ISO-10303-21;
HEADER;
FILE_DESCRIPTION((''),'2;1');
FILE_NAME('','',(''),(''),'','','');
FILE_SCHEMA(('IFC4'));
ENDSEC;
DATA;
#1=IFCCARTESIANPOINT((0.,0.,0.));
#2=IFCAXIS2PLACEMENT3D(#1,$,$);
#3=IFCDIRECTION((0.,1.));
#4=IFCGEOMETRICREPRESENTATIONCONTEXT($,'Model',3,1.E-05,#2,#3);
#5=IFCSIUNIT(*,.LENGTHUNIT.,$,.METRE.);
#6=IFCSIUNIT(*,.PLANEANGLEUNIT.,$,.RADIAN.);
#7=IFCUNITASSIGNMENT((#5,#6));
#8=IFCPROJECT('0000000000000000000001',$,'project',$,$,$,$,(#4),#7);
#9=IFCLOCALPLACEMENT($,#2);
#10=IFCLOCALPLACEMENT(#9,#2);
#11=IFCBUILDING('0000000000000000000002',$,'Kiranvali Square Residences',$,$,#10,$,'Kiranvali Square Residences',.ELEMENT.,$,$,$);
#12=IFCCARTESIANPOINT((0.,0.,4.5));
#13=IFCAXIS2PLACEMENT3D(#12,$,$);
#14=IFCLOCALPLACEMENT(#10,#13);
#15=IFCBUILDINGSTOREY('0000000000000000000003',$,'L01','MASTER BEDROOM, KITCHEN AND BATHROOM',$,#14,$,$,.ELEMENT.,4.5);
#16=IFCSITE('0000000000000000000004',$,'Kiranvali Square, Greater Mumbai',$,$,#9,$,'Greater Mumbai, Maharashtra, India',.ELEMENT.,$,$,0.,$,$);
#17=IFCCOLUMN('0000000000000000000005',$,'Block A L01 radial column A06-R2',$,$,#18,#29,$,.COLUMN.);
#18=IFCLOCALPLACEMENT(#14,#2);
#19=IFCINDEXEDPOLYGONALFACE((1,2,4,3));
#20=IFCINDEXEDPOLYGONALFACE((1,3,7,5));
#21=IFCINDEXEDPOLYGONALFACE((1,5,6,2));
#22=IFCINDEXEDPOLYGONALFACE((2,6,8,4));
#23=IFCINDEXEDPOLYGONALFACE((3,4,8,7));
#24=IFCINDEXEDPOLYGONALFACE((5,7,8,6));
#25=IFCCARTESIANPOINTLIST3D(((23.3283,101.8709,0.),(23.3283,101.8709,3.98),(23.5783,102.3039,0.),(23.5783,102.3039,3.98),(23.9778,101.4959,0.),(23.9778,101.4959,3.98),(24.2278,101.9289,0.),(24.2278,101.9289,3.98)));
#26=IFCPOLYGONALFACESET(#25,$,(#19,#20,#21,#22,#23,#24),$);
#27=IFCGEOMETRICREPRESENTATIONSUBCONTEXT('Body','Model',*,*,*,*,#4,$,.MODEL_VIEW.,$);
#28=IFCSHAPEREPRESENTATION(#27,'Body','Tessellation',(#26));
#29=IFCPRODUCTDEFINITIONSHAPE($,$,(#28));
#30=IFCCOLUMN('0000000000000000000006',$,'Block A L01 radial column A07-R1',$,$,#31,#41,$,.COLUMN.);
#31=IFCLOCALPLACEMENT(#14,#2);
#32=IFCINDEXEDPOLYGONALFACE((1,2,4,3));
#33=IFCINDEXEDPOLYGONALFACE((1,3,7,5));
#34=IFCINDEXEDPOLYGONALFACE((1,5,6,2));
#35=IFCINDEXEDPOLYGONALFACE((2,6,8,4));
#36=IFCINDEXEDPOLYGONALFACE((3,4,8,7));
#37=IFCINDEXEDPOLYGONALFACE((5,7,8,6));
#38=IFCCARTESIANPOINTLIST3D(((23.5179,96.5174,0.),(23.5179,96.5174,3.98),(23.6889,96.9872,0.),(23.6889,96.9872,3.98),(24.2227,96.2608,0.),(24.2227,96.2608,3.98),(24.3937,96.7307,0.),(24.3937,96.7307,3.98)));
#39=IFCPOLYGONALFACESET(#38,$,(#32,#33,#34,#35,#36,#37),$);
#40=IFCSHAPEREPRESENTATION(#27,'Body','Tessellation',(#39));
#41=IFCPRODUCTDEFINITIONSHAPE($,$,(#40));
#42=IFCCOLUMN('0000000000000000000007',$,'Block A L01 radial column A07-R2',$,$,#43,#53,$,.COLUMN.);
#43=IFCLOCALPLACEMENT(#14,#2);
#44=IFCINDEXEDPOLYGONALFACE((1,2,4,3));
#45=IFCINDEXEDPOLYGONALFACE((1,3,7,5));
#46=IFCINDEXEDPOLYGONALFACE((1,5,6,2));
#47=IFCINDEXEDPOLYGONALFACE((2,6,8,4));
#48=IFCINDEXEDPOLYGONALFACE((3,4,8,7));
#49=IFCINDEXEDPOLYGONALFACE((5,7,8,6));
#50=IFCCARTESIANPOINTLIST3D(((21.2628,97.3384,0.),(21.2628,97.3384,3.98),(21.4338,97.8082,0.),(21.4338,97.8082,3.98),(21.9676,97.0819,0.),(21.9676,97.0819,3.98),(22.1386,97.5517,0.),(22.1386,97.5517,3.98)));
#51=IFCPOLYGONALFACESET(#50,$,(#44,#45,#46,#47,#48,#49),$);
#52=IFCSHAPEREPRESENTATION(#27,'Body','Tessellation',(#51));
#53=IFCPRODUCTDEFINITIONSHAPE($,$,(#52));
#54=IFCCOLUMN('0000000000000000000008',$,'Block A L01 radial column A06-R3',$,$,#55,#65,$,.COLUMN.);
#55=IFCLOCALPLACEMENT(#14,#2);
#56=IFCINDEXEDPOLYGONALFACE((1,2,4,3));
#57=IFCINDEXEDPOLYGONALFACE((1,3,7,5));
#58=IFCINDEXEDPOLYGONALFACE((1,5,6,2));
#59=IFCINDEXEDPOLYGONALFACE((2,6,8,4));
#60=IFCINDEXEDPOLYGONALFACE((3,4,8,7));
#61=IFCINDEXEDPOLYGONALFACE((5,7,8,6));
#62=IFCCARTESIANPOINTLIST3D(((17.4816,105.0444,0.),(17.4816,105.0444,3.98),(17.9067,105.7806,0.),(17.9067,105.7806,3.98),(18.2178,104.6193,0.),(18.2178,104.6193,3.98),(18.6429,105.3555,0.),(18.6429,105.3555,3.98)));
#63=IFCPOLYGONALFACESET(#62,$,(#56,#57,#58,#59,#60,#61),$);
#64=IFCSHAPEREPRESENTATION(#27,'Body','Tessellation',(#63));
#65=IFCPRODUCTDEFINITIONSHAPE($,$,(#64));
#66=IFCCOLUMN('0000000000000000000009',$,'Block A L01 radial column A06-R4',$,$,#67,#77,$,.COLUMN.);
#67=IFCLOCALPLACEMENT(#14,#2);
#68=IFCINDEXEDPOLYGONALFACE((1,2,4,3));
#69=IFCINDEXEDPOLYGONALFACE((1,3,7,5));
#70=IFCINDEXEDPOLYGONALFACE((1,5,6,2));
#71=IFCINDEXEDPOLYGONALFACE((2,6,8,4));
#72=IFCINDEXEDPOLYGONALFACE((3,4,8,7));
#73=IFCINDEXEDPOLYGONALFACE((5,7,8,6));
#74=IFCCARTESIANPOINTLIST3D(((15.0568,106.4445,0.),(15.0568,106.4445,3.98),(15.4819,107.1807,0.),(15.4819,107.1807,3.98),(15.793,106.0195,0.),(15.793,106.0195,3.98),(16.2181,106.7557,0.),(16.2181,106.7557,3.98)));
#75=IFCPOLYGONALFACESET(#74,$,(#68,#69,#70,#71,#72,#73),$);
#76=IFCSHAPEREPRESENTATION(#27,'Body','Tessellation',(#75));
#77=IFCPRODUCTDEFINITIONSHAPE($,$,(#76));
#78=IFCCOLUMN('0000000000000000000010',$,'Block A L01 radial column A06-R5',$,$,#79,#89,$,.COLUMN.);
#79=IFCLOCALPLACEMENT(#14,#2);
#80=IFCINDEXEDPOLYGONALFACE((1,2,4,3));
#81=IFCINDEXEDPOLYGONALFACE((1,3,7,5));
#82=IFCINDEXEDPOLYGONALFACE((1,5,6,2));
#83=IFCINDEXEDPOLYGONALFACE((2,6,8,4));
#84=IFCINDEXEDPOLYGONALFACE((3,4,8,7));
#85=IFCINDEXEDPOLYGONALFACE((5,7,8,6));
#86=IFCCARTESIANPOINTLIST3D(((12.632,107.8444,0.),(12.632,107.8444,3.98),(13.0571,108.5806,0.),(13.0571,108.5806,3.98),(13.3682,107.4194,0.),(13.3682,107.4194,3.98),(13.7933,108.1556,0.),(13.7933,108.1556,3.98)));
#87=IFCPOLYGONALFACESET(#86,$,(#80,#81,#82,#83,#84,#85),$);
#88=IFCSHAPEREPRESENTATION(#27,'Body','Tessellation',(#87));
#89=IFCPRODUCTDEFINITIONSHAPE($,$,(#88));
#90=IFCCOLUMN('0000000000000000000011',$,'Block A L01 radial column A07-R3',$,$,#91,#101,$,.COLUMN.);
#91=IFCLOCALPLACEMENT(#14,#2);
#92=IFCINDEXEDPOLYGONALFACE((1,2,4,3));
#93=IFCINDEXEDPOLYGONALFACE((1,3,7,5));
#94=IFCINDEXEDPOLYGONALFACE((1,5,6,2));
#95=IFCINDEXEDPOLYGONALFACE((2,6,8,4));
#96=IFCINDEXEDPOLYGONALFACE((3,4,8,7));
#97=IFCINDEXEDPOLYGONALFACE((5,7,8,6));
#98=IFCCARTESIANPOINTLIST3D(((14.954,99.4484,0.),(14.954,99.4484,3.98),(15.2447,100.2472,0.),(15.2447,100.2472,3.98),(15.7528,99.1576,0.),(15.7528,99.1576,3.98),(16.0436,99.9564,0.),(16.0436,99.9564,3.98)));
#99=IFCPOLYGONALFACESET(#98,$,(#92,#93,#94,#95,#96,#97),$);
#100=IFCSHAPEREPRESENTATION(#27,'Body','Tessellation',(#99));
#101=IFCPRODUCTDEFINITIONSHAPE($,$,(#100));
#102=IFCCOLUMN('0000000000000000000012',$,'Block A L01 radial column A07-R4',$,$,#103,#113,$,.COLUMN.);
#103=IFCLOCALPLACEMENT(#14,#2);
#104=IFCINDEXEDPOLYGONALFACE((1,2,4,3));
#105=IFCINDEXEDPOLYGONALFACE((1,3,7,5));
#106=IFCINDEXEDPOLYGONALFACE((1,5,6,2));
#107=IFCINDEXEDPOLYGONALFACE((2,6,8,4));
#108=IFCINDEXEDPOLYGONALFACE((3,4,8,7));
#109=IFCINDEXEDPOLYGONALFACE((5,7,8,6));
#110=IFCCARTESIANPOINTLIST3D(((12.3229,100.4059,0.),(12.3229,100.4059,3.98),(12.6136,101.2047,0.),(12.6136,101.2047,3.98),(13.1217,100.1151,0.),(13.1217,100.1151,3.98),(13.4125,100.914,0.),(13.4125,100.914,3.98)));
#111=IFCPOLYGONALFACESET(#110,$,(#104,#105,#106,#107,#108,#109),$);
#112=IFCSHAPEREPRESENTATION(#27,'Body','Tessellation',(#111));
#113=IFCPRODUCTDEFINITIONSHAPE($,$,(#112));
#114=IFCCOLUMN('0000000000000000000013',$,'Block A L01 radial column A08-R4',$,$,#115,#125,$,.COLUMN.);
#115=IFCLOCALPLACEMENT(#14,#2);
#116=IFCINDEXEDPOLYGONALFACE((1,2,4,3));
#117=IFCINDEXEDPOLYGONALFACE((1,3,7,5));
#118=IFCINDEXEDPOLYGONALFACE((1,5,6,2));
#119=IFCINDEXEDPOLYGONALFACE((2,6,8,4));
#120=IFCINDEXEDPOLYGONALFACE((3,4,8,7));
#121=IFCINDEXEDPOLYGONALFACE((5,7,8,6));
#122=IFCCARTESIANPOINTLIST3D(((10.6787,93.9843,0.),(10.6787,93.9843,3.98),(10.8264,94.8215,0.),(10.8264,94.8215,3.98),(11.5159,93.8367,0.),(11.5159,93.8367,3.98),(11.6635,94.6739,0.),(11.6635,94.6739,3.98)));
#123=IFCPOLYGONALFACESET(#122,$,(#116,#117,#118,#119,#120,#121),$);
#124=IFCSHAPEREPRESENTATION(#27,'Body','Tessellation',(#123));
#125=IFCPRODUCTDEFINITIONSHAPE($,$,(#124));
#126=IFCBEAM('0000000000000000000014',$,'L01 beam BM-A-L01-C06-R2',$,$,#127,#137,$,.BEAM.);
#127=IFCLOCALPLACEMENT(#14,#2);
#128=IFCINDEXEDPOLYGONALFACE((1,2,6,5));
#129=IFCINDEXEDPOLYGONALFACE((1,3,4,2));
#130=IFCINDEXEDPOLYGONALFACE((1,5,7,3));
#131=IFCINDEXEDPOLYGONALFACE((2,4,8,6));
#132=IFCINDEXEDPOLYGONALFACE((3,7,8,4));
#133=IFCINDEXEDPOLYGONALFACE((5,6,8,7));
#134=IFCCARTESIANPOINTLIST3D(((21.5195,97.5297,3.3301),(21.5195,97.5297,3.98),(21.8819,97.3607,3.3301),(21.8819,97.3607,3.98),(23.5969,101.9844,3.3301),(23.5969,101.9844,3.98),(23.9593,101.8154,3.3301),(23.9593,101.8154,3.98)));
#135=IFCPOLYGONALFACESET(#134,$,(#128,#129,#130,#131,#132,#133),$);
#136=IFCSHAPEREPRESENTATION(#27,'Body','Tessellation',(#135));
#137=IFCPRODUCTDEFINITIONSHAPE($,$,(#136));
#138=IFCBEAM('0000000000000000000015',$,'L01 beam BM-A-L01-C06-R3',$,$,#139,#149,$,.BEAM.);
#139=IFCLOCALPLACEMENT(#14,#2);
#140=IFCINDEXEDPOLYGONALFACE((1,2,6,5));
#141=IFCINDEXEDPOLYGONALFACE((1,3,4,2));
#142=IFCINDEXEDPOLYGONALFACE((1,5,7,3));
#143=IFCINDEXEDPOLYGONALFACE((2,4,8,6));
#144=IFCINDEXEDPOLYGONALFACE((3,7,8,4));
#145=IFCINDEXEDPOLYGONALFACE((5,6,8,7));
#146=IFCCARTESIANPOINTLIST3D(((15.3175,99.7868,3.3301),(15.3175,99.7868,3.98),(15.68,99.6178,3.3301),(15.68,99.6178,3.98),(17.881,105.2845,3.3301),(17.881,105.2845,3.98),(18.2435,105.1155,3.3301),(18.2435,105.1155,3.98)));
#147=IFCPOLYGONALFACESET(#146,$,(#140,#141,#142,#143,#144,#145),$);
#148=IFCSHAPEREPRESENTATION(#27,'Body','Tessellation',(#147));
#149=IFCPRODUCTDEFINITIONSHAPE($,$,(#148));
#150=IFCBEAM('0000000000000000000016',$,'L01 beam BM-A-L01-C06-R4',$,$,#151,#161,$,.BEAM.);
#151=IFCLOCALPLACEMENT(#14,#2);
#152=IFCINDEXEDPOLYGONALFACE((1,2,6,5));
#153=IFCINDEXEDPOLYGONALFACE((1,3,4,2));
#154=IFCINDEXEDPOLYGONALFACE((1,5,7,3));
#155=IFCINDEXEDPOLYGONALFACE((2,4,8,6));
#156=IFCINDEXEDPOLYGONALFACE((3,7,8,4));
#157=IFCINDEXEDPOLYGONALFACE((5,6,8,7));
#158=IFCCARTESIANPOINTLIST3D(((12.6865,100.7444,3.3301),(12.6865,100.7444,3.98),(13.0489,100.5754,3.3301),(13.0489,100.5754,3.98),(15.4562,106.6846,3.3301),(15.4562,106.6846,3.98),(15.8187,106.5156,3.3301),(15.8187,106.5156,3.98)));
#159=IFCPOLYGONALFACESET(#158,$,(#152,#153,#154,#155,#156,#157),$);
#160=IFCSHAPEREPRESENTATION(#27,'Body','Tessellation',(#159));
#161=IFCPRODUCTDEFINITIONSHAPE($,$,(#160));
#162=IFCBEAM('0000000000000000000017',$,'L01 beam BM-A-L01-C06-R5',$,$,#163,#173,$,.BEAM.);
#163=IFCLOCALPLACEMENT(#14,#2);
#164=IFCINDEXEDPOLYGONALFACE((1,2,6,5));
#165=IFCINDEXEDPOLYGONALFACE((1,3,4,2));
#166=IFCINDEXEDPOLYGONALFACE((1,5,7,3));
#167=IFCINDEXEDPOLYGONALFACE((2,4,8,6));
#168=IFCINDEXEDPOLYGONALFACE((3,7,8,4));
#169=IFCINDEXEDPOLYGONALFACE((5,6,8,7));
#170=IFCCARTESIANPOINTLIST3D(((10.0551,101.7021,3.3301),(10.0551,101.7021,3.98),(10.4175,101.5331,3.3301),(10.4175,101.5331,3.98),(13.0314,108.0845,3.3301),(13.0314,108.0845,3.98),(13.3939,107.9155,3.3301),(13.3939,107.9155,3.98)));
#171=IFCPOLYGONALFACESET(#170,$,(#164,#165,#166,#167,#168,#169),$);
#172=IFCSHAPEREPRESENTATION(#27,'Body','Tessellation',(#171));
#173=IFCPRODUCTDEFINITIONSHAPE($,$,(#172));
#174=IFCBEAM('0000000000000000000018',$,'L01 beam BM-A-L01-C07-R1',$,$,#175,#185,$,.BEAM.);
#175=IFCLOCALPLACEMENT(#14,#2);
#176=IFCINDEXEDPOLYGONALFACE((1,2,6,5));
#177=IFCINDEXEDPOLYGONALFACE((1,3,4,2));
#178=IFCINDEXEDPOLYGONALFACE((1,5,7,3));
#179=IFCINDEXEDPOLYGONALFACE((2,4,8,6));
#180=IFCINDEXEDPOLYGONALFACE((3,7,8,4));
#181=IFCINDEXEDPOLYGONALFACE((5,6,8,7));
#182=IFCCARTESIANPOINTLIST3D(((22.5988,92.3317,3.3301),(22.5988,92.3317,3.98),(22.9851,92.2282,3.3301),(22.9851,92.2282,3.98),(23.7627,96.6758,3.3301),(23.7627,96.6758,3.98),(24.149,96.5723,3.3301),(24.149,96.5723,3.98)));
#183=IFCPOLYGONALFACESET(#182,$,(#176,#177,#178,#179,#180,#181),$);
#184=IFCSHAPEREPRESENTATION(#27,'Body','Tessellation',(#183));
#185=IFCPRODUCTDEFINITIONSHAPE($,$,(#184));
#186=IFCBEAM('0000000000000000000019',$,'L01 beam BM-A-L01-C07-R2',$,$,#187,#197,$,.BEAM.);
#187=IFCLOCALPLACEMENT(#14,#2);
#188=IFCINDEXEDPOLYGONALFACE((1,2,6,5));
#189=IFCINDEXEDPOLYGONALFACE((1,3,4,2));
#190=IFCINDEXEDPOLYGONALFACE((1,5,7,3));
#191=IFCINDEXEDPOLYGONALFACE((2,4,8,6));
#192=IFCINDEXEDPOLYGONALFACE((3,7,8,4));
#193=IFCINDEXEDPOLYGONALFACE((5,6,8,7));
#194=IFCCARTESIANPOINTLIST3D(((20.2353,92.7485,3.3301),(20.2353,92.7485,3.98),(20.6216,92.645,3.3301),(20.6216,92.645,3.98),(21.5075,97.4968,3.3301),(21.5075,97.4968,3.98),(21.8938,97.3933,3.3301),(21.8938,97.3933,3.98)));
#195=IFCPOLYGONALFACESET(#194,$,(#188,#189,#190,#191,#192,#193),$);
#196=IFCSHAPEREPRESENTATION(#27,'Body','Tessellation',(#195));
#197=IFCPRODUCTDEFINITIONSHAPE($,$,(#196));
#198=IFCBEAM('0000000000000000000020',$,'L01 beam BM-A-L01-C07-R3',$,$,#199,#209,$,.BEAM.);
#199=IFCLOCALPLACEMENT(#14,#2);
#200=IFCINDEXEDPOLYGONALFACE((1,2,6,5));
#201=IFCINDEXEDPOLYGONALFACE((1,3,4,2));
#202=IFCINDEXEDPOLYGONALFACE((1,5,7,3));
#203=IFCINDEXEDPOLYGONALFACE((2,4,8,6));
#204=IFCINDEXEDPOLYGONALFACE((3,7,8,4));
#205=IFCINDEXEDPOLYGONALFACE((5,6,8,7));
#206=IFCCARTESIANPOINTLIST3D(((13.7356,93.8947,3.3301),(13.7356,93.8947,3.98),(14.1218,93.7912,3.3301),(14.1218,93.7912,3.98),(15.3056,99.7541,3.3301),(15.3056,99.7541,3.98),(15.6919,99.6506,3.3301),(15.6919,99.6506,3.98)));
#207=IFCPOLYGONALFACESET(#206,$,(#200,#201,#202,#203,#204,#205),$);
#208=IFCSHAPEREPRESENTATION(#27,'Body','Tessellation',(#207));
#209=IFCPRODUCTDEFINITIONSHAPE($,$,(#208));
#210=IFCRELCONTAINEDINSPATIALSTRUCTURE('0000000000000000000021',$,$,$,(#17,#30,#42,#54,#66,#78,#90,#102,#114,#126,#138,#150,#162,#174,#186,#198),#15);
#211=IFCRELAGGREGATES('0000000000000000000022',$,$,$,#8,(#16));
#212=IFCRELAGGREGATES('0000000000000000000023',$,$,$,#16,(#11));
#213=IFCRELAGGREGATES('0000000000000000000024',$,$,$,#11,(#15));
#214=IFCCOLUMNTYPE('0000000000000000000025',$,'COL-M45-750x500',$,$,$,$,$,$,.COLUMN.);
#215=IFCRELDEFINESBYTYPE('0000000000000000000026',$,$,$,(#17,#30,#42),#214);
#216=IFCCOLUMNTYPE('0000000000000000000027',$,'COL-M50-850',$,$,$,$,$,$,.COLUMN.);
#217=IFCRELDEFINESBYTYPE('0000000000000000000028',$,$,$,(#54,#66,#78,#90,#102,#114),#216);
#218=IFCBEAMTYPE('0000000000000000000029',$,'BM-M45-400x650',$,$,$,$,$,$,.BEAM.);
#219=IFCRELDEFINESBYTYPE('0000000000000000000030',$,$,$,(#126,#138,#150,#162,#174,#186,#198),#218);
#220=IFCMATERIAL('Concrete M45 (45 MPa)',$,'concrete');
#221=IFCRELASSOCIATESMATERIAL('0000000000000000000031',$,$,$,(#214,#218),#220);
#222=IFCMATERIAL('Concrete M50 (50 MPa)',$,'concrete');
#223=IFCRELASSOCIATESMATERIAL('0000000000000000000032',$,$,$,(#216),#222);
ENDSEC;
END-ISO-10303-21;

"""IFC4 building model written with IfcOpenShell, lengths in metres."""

from ifc_helpers import new_model, si_unit, direction, frame, origin, origin_2d, place, context, subcontext, project, spatial, rectangle, extrude, material, material_profile, profile_set, type_object, element, save


model = new_model("IFC4")

# Units and contexts
model_context = context("Model", 3, precision=1e-05, world=origin(), true_north=direction((0.0, 1.0)))
body_context = subcontext(model_context, "Body", "Model", "MODEL_VIEW")
ifc_project = project(units=[si_unit("LENGTHUNIT", "METRE"), si_unit("PLANEANGLEUNIT", "RADIAN")], contexts=[model_context])

# Site, building, storey
site_placement = place(None, origin())
site = spatial("IfcSite", under=ifc_project, at=site_placement, Name="Kiranvali Square, Greater Mumbai", LongName="Greater Mumbai, Maharashtra, India", CompositionType="ELEMENT", RefElevation=0.0)
building_placement = place(site_placement, origin())
building = spatial("IfcBuilding", under=site, at=building_placement, Name="Kiranvali Square Residences", LongName="Kiranvali Square Residences", CompositionType="ELEMENT")
storey_placement = place(building_placement, frame((0.0, 0.0, 4.5)))
storey = spatial("IfcBuildingStorey", under=building, at=storey_placement, Name="L01", Description="MASTER BEDROOM, KITCHEN AND BATHROOM", CompositionType="ELEMENT", Elevation=4.5)

# Columns
ifc_material_1 = material(Name="Concrete M45 (45 MPa)", Category="concrete")
ifc_material_profile_1 = material_profile(ifc_material_1, rectangle(XDim=0.5, YDim=0.75, at=origin_2d()), Name="RC 750x500")
ifc_profile_set_1 = profile_set([ifc_material_profile_1], Name="Concrete M45 (45 MPa)")
column_type_1 = type_object("IfcColumnType", Name="COL-M45-750x500", PredefinedType="COLUMN", material=ifc_profile_set_1)
for number, where, z_axis, x_axis, name in (
    (1, (23.7781, 101.8999, 0.0), (0.0, 0.0, 1.0), (0.5, 0.866025, 0.0), "Block A L01 radial column A06-R2"),
    (2, (23.9558, 96.624, 0.0), (0.0, 0.0, 1.0), (0.34202, 0.939693, 0.0), "Block A L01 radial column A07-R1"),
    (3, (21.7007, 97.4451, 0.0), (0.0, 0.0, 1.0), (0.34202, 0.939693, 0.0), "Block A L01 radial column A07-R2"),
):
    element("IfcColumn", number, at=place(storey_placement, frame(where, z_axis=z_axis, x_axis=x_axis)), inside=storey, type_object=column_type_1, Name=name, PredefinedType="COLUMN", context=body_context, shape_type="SweptSolid", body=[
        extrude(rectangle(XDim=0.5, YDim=0.75, at=origin_2d()), origin(), (0.0, 0.0, 1.0), 3.98),
    ])
ifc_material_2 = material(Name="Concrete M50 (50 MPa)", Category="concrete")
ifc_material_profile_2 = material_profile(ifc_material_2, rectangle(XDim=0.8501, YDim=0.8501, at=origin_2d()), Name="RC 850x850")
ifc_profile_set_2 = profile_set([ifc_material_profile_2], Name="Concrete M50 (50 MPa)")
column_type_2 = type_object("IfcColumnType", Name="COL-M50-850", PredefinedType="COLUMN", material=ifc_profile_set_2)
for number, where, z_axis, x_axis, name in (
    (4, (18.0623, 105.2, 0.0), (0.0, 0.0, 1.0), (0.5, 0.866025, 0.0), "Block A L01 radial column A06-R3"),
    (5, (15.6375, 106.6001, 0.0), (0.0, 0.0, 1.0), (0.5, 0.866025, 0.0), "Block A L01 radial column A06-R4"),
    (6, (13.2126, 108.0, 0.0), (0.0, 0.0, 1.0), (0.5, 0.866025, 0.0), "Block A L01 radial column A06-R5"),
    (7, (15.4988, 99.7024, 0.0), (0.0, 0.0, 1.0), (0.34202, 0.939693, 0.0), "Block A L01 radial column A07-R3"),
    (8, (12.8677, 100.6599, 0.0), (0.0, 0.0, 1.0), (0.34202, 0.939693, 0.0), "Block A L01 radial column A07-R4"),
    (9, (11.1711, 94.3291, 0.0), (0.0, 0.0, 1.0), (0.173648, 0.984808, 0.0), "Block A L01 radial column A08-R4"),
):
    element("IfcColumn", number, at=place(storey_placement, frame(where, z_axis=z_axis, x_axis=x_axis)), inside=storey, type_object=column_type_2, Name=name, PredefinedType="COLUMN", context=body_context, shape_type="SweptSolid", body=[
        extrude(rectangle(XDim=0.8501, YDim=0.8501, at=origin_2d()), origin(), (0.0, 0.0, 1.0), 3.98),
    ])

# Beams
ifc_material_profile_3 = material_profile(ifc_material_1, rectangle(XDim=0.3999, YDim=0.6499, at=origin_2d()), Name="RC 400x650")
ifc_profile_set_3 = profile_set([ifc_material_profile_3], Name="Concrete M45 (45 MPa)")
beam_type = type_object("IfcBeamType", Name="BM-M45-400x650", PredefinedType="BEAM", material=ifc_profile_set_3)
beam_1_placement = place(storey_placement, frame((23.7781, 101.8999, 3.655), z_axis=(-0.42263, -0.906302, 0.0), x_axis=(0.906302, -0.42263, 0.0)))
element("IfcBeam", 10, at=beam_1_placement, inside=storey, type_object=beam_type, Name="L01 beam BM-A-L01-C06-R2", PredefinedType="BEAM", context=body_context, shape_type="SweptSolid", body=[
    extrude(rectangle(XDim=0.3999, YDim=0.6499, at=origin_2d()), origin(), (0.0, 0.0, 1.0), 4.9153),
])
beam_2_placement = place(storey_placement, frame((18.0623, 105.2, 3.655), z_axis=(-0.422608, -0.906313, 0.0), x_axis=(0.906313, -0.422608, 0.0)))
element("IfcBeam", 11, at=beam_2_placement, inside=storey, type_object=beam_type, Name="L01 beam BM-A-L01-C06-R3", PredefinedType="BEAM", context=body_context, shape_type="SweptSolid", body=[
    extrude(rectangle(XDim=0.3999, YDim=0.6499, at=origin_2d()), origin(), (0.0, 0.0, 1.0), 6.0659),
])
beam_3_placement = place(storey_placement, frame((15.6375, 106.6001, 3.655), z_axis=(-0.422596, -0.906318, 0.0), x_axis=(0.906318, -0.422596, 0.0)))
element("IfcBeam", 12, at=beam_3_placement, inside=storey, type_object=beam_type, Name="L01 beam BM-A-L01-C06-R4", PredefinedType="BEAM", context=body_context, shape_type="SweptSolid", body=[
    extrude(rectangle(XDim=0.3999, YDim=0.6499, at=origin_2d()), origin(), (0.0, 0.0, 1.0), 6.5542),
])
beam_4_placement = place(storey_placement, frame((13.2126, 108.0, 3.655), z_axis=(-0.422641, -0.906297, 0.0), x_axis=(0.906297, -0.422641, 0.0)))
element("IfcBeam", 13, at=beam_4_placement, inside=storey, type_object=beam_type, Name="L01 beam BM-A-L01-C06-R5", PredefinedType="BEAM", context=body_context, shape_type="SweptSolid", body=[
    extrude(rectangle(XDim=0.3999, YDim=0.6499, at=origin_2d()), origin(), (0.0, 0.0, 1.0), 7.0422),
])
beam_5_placement = place(storey_placement, frame((23.9558, 96.624, 3.655), z_axis=(-0.258788, -0.965934, 0.0), x_axis=(0.965934, -0.258788, 0.0)))
element("IfcBeam", 14, at=beam_5_placement, inside=storey, type_object=beam_type, Name="L01 beam BM-A-L01-C07-R1", PredefinedType="BEAM", context=body_context, shape_type="SweptSolid", body=[
    extrude(rectangle(XDim=0.3999, YDim=0.6499, at=origin_2d()), origin(), (0.0, 0.0, 1.0), 4.4973),
])
beam_6_placement = place(storey_placement, frame((21.7007, 97.4451, 3.655), z_axis=(-0.258803, -0.96593, 0.0), x_axis=(0.96593, -0.258803, 0.0)))
element("IfcBeam", 15, at=beam_6_placement, inside=storey, type_object=beam_type, Name="L01 beam BM-A-L01-C07-R2", PredefinedType="BEAM", context=body_context, shape_type="SweptSolid", body=[
    extrude(rectangle(XDim=0.3999, YDim=0.6499, at=origin_2d()), origin(), (0.0, 0.0, 1.0), 4.9158),
])
beam_7_placement = place(storey_placement, frame((15.4988, 99.7024, 3.655), z_axis=(-0.258827, -0.965924, 0.0), x_axis=(0.965924, -0.258827, 0.0)))
element("IfcBeam", 16, at=beam_7_placement, inside=storey, type_object=beam_type, Name="L01 beam BM-A-L01-C07-R3", PredefinedType="BEAM", context=body_context, shape_type="SweptSolid", body=[
    extrude(rectangle(XDim=0.3999, YDim=0.6499, at=origin_2d()), origin(), (0.0, 0.0, 1.0), 6.0662),
])

save(model, "model.ifc")
